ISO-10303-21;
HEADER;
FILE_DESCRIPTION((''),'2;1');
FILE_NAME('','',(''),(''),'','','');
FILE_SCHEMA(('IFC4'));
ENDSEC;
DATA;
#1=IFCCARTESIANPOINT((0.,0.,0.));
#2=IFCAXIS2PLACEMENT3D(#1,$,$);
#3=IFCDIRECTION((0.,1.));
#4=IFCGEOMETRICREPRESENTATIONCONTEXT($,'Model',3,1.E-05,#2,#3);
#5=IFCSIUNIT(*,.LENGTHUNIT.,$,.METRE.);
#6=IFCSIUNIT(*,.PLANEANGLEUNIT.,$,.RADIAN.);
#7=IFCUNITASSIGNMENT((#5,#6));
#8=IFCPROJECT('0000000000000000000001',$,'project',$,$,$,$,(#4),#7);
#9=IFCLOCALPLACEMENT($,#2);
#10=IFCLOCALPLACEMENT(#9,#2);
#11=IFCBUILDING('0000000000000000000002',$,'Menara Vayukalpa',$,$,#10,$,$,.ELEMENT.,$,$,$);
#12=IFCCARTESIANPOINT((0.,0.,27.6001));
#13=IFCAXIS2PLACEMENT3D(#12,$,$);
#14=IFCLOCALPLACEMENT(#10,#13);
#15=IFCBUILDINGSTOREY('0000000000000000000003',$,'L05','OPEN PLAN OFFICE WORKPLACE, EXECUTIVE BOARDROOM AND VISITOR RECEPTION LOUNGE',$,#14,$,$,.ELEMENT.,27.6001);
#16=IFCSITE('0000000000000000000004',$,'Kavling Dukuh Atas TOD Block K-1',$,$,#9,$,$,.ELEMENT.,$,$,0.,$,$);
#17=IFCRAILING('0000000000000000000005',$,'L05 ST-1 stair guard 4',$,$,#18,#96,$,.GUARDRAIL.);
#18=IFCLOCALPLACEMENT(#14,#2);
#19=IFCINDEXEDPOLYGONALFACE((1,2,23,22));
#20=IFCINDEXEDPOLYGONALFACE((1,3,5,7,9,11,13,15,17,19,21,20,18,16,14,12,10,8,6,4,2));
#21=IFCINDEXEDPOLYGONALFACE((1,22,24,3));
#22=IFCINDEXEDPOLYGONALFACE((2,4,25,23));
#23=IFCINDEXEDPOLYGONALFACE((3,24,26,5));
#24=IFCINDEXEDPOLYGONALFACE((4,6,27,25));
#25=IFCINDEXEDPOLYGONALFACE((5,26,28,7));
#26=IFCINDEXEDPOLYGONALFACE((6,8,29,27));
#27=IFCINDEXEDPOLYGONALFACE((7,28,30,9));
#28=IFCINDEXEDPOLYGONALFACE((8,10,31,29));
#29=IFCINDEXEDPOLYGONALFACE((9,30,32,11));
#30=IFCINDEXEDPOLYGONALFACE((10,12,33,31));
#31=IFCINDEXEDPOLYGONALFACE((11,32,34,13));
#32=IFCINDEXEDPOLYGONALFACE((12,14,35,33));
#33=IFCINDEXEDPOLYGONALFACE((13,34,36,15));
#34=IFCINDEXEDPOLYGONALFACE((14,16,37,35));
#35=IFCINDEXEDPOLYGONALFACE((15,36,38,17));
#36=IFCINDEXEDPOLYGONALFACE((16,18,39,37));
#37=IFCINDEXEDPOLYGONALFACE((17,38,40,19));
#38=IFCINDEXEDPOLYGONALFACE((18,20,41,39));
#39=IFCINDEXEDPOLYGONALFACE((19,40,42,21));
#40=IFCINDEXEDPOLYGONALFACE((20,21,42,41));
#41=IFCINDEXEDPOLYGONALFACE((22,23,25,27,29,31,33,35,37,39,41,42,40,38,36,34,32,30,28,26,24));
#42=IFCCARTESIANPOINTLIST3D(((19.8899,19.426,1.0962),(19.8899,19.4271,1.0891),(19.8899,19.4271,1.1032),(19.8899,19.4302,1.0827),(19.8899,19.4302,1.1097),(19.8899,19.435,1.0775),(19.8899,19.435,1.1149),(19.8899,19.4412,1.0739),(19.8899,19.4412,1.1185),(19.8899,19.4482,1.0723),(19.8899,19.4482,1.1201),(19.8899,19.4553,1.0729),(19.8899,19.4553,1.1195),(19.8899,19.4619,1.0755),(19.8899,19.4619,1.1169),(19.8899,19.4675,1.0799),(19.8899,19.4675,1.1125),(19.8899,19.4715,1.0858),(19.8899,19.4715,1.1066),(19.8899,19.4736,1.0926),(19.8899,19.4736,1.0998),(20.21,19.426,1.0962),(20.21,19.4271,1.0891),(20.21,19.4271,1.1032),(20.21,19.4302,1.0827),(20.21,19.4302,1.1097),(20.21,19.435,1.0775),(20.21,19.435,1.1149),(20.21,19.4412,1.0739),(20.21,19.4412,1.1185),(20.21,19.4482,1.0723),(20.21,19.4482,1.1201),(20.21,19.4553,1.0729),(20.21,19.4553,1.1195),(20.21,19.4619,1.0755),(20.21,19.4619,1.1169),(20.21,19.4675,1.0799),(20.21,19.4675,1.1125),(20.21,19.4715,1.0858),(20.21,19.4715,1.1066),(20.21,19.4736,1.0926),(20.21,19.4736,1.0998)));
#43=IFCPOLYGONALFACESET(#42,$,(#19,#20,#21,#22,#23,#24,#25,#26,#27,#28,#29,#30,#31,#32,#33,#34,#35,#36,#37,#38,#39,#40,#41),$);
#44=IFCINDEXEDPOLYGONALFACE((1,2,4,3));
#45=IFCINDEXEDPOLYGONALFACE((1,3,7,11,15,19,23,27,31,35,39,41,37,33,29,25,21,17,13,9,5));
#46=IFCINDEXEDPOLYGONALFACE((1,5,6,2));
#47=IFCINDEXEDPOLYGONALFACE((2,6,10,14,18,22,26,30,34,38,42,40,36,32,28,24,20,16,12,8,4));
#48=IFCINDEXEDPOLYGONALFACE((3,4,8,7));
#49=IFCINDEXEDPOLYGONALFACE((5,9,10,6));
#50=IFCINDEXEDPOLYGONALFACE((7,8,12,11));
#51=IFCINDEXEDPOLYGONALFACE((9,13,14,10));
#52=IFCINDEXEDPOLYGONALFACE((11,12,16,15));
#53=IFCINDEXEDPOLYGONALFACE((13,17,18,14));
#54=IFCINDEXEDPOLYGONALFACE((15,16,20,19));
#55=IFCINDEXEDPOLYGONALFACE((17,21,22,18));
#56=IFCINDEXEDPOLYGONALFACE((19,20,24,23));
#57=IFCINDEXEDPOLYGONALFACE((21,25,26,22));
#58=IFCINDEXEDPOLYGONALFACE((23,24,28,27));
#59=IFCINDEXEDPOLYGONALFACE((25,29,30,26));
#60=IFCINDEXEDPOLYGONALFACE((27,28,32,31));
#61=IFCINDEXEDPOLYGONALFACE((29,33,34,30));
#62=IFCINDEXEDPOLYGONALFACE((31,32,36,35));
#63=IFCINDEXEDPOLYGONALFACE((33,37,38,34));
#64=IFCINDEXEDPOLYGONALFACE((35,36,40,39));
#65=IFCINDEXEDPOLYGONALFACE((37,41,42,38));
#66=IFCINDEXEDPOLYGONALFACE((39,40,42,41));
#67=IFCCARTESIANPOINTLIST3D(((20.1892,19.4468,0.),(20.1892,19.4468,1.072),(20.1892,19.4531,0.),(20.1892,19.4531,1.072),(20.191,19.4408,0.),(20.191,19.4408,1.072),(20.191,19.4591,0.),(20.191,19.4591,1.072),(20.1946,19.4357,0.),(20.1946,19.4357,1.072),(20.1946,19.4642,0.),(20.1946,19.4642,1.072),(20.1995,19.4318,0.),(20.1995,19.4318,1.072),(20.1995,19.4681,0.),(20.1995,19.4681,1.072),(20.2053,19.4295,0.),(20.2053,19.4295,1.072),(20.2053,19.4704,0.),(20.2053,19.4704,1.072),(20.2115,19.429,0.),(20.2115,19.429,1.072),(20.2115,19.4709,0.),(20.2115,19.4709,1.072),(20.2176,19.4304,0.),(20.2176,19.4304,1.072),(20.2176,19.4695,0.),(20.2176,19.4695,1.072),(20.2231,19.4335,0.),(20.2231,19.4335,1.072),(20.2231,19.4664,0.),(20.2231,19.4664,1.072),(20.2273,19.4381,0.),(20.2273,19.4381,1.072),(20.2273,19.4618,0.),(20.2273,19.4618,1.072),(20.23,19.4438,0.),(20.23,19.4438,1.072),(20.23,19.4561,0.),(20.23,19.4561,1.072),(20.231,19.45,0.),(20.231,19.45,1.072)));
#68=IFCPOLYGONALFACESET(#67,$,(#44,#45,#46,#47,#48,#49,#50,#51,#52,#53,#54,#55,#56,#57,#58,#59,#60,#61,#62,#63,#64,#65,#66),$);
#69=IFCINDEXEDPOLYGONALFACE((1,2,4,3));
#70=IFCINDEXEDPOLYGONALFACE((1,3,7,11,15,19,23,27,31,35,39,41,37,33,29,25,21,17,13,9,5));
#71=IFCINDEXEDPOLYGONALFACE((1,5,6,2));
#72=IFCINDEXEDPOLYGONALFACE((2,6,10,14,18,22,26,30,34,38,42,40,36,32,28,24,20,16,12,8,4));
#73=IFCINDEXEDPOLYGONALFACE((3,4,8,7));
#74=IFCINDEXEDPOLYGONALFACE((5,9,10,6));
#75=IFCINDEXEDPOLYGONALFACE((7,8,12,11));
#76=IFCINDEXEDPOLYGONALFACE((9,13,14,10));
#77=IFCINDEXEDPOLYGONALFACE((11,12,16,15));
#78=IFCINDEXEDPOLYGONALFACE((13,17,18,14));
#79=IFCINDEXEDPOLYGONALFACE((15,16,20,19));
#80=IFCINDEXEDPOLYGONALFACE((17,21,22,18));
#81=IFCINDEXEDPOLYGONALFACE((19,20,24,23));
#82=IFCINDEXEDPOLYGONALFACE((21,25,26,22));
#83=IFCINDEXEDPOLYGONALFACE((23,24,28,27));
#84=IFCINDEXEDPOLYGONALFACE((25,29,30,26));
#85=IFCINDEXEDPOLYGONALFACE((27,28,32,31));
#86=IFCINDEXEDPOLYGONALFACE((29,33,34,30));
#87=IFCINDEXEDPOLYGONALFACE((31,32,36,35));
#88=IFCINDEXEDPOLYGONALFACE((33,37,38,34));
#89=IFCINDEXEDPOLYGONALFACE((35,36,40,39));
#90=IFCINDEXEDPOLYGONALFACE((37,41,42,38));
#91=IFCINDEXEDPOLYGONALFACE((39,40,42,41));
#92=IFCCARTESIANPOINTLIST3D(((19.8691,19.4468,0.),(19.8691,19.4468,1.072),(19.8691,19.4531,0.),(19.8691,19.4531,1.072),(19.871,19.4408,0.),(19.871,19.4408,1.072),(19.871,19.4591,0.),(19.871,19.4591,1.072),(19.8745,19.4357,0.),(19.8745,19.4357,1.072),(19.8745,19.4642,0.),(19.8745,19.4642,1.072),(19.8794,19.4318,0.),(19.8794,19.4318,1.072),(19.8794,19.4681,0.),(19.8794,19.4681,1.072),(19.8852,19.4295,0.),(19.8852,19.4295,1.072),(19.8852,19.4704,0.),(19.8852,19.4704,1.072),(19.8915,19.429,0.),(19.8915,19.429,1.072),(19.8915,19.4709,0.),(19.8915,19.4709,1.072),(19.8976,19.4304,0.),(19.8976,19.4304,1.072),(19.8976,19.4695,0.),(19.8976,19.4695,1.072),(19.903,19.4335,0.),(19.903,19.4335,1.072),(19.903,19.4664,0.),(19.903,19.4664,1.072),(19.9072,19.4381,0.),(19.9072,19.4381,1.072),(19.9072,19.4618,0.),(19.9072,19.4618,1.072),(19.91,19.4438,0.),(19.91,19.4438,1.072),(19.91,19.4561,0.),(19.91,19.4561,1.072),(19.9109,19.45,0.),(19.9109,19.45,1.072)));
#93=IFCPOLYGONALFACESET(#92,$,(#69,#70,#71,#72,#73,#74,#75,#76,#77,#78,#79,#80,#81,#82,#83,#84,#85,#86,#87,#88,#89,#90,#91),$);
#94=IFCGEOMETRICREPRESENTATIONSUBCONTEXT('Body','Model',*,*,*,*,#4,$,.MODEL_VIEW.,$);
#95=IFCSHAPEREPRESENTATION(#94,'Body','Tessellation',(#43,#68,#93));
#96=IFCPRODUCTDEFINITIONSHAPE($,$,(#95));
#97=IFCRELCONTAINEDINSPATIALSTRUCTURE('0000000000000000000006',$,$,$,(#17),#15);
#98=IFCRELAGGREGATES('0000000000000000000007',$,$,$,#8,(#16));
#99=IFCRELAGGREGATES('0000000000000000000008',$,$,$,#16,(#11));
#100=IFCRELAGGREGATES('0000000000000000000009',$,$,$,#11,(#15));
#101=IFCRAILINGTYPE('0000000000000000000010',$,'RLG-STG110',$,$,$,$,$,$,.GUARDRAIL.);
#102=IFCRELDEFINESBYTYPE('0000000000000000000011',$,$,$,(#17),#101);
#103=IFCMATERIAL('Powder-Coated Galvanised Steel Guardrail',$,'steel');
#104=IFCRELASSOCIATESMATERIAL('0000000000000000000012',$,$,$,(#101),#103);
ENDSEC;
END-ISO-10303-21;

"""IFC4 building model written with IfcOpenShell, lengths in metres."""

from ifc_helpers import new_model, si_unit, direction, frame, origin, origin_2d, place, context, subcontext, project, spatial, circle, extrude, material, type_object, element, save


model = new_model("IFC4")

# Units and contexts
model_context = context("Model", 3, precision=1e-05, world=origin(), true_north=direction((0.0, 1.0)))
body_context = subcontext(model_context, "Body", "Model", "MODEL_VIEW")
ifc_project = project(units=[si_unit("LENGTHUNIT", "METRE"), si_unit("PLANEANGLEUNIT", "RADIAN")], contexts=[model_context])

# Site, building, storey
site_placement = place(None, origin())
site = spatial("IfcSite", under=ifc_project, at=site_placement, Name="Kavling Dukuh Atas TOD Block K-1", CompositionType="ELEMENT", RefElevation=0.0)
building_placement = place(site_placement, origin())
building = spatial("IfcBuilding", under=site, at=building_placement, Name="Menara Vayukalpa", CompositionType="ELEMENT")
storey_placement = place(building_placement, frame((0.0, 0.0, 27.6001)))
storey = spatial("IfcBuildingStorey", under=building, at=storey_placement, Name="L05", Description="OPEN PLAN OFFICE WORKPLACE, EXECUTIVE BOARDROOM AND VISITOR RECEPTION LOUNGE", CompositionType="ELEMENT", Elevation=27.6001)

# Railing
ifc_material_1 = material(Name="Powder-Coated Galvanised Steel Guardrail", Category="steel")
railing_type = type_object("IfcRailingType", Name="RLG-STG110", PredefinedType="GUARDRAIL", material=ifc_material_1)
railing_1_placement = place(storey_placement, frame((20.21, 19.45, 0.0)))
element("IfcRailing", 1, at=railing_1_placement, inside=storey, type_object=railing_type, Name="L05 ST-1 stair guard 4", PredefinedType="GUARDRAIL", context=body_context, shape_type="SweptSolid", body=[
    extrude(circle(Radius=0.0239, at=origin_2d()), frame((0.0, 0.0, 1.0962), z_axis=(-1.0, 0.0, 0.0), x_axis=(0.0, -1.0, 0.0)), (0.0, 0.0, 1.0), 0.3201),
    extrude(circle(Radius=0.021, at=origin_2d()), origin(), (0.0, 0.0, 1.0), 1.072),
    extrude(circle(Radius=0.021, at=origin_2d()), frame((-0.3201, 0.0, 0.0)), (0.0, 0.0, 1.0), 1.072),
])

save(model, "model.ifc")
